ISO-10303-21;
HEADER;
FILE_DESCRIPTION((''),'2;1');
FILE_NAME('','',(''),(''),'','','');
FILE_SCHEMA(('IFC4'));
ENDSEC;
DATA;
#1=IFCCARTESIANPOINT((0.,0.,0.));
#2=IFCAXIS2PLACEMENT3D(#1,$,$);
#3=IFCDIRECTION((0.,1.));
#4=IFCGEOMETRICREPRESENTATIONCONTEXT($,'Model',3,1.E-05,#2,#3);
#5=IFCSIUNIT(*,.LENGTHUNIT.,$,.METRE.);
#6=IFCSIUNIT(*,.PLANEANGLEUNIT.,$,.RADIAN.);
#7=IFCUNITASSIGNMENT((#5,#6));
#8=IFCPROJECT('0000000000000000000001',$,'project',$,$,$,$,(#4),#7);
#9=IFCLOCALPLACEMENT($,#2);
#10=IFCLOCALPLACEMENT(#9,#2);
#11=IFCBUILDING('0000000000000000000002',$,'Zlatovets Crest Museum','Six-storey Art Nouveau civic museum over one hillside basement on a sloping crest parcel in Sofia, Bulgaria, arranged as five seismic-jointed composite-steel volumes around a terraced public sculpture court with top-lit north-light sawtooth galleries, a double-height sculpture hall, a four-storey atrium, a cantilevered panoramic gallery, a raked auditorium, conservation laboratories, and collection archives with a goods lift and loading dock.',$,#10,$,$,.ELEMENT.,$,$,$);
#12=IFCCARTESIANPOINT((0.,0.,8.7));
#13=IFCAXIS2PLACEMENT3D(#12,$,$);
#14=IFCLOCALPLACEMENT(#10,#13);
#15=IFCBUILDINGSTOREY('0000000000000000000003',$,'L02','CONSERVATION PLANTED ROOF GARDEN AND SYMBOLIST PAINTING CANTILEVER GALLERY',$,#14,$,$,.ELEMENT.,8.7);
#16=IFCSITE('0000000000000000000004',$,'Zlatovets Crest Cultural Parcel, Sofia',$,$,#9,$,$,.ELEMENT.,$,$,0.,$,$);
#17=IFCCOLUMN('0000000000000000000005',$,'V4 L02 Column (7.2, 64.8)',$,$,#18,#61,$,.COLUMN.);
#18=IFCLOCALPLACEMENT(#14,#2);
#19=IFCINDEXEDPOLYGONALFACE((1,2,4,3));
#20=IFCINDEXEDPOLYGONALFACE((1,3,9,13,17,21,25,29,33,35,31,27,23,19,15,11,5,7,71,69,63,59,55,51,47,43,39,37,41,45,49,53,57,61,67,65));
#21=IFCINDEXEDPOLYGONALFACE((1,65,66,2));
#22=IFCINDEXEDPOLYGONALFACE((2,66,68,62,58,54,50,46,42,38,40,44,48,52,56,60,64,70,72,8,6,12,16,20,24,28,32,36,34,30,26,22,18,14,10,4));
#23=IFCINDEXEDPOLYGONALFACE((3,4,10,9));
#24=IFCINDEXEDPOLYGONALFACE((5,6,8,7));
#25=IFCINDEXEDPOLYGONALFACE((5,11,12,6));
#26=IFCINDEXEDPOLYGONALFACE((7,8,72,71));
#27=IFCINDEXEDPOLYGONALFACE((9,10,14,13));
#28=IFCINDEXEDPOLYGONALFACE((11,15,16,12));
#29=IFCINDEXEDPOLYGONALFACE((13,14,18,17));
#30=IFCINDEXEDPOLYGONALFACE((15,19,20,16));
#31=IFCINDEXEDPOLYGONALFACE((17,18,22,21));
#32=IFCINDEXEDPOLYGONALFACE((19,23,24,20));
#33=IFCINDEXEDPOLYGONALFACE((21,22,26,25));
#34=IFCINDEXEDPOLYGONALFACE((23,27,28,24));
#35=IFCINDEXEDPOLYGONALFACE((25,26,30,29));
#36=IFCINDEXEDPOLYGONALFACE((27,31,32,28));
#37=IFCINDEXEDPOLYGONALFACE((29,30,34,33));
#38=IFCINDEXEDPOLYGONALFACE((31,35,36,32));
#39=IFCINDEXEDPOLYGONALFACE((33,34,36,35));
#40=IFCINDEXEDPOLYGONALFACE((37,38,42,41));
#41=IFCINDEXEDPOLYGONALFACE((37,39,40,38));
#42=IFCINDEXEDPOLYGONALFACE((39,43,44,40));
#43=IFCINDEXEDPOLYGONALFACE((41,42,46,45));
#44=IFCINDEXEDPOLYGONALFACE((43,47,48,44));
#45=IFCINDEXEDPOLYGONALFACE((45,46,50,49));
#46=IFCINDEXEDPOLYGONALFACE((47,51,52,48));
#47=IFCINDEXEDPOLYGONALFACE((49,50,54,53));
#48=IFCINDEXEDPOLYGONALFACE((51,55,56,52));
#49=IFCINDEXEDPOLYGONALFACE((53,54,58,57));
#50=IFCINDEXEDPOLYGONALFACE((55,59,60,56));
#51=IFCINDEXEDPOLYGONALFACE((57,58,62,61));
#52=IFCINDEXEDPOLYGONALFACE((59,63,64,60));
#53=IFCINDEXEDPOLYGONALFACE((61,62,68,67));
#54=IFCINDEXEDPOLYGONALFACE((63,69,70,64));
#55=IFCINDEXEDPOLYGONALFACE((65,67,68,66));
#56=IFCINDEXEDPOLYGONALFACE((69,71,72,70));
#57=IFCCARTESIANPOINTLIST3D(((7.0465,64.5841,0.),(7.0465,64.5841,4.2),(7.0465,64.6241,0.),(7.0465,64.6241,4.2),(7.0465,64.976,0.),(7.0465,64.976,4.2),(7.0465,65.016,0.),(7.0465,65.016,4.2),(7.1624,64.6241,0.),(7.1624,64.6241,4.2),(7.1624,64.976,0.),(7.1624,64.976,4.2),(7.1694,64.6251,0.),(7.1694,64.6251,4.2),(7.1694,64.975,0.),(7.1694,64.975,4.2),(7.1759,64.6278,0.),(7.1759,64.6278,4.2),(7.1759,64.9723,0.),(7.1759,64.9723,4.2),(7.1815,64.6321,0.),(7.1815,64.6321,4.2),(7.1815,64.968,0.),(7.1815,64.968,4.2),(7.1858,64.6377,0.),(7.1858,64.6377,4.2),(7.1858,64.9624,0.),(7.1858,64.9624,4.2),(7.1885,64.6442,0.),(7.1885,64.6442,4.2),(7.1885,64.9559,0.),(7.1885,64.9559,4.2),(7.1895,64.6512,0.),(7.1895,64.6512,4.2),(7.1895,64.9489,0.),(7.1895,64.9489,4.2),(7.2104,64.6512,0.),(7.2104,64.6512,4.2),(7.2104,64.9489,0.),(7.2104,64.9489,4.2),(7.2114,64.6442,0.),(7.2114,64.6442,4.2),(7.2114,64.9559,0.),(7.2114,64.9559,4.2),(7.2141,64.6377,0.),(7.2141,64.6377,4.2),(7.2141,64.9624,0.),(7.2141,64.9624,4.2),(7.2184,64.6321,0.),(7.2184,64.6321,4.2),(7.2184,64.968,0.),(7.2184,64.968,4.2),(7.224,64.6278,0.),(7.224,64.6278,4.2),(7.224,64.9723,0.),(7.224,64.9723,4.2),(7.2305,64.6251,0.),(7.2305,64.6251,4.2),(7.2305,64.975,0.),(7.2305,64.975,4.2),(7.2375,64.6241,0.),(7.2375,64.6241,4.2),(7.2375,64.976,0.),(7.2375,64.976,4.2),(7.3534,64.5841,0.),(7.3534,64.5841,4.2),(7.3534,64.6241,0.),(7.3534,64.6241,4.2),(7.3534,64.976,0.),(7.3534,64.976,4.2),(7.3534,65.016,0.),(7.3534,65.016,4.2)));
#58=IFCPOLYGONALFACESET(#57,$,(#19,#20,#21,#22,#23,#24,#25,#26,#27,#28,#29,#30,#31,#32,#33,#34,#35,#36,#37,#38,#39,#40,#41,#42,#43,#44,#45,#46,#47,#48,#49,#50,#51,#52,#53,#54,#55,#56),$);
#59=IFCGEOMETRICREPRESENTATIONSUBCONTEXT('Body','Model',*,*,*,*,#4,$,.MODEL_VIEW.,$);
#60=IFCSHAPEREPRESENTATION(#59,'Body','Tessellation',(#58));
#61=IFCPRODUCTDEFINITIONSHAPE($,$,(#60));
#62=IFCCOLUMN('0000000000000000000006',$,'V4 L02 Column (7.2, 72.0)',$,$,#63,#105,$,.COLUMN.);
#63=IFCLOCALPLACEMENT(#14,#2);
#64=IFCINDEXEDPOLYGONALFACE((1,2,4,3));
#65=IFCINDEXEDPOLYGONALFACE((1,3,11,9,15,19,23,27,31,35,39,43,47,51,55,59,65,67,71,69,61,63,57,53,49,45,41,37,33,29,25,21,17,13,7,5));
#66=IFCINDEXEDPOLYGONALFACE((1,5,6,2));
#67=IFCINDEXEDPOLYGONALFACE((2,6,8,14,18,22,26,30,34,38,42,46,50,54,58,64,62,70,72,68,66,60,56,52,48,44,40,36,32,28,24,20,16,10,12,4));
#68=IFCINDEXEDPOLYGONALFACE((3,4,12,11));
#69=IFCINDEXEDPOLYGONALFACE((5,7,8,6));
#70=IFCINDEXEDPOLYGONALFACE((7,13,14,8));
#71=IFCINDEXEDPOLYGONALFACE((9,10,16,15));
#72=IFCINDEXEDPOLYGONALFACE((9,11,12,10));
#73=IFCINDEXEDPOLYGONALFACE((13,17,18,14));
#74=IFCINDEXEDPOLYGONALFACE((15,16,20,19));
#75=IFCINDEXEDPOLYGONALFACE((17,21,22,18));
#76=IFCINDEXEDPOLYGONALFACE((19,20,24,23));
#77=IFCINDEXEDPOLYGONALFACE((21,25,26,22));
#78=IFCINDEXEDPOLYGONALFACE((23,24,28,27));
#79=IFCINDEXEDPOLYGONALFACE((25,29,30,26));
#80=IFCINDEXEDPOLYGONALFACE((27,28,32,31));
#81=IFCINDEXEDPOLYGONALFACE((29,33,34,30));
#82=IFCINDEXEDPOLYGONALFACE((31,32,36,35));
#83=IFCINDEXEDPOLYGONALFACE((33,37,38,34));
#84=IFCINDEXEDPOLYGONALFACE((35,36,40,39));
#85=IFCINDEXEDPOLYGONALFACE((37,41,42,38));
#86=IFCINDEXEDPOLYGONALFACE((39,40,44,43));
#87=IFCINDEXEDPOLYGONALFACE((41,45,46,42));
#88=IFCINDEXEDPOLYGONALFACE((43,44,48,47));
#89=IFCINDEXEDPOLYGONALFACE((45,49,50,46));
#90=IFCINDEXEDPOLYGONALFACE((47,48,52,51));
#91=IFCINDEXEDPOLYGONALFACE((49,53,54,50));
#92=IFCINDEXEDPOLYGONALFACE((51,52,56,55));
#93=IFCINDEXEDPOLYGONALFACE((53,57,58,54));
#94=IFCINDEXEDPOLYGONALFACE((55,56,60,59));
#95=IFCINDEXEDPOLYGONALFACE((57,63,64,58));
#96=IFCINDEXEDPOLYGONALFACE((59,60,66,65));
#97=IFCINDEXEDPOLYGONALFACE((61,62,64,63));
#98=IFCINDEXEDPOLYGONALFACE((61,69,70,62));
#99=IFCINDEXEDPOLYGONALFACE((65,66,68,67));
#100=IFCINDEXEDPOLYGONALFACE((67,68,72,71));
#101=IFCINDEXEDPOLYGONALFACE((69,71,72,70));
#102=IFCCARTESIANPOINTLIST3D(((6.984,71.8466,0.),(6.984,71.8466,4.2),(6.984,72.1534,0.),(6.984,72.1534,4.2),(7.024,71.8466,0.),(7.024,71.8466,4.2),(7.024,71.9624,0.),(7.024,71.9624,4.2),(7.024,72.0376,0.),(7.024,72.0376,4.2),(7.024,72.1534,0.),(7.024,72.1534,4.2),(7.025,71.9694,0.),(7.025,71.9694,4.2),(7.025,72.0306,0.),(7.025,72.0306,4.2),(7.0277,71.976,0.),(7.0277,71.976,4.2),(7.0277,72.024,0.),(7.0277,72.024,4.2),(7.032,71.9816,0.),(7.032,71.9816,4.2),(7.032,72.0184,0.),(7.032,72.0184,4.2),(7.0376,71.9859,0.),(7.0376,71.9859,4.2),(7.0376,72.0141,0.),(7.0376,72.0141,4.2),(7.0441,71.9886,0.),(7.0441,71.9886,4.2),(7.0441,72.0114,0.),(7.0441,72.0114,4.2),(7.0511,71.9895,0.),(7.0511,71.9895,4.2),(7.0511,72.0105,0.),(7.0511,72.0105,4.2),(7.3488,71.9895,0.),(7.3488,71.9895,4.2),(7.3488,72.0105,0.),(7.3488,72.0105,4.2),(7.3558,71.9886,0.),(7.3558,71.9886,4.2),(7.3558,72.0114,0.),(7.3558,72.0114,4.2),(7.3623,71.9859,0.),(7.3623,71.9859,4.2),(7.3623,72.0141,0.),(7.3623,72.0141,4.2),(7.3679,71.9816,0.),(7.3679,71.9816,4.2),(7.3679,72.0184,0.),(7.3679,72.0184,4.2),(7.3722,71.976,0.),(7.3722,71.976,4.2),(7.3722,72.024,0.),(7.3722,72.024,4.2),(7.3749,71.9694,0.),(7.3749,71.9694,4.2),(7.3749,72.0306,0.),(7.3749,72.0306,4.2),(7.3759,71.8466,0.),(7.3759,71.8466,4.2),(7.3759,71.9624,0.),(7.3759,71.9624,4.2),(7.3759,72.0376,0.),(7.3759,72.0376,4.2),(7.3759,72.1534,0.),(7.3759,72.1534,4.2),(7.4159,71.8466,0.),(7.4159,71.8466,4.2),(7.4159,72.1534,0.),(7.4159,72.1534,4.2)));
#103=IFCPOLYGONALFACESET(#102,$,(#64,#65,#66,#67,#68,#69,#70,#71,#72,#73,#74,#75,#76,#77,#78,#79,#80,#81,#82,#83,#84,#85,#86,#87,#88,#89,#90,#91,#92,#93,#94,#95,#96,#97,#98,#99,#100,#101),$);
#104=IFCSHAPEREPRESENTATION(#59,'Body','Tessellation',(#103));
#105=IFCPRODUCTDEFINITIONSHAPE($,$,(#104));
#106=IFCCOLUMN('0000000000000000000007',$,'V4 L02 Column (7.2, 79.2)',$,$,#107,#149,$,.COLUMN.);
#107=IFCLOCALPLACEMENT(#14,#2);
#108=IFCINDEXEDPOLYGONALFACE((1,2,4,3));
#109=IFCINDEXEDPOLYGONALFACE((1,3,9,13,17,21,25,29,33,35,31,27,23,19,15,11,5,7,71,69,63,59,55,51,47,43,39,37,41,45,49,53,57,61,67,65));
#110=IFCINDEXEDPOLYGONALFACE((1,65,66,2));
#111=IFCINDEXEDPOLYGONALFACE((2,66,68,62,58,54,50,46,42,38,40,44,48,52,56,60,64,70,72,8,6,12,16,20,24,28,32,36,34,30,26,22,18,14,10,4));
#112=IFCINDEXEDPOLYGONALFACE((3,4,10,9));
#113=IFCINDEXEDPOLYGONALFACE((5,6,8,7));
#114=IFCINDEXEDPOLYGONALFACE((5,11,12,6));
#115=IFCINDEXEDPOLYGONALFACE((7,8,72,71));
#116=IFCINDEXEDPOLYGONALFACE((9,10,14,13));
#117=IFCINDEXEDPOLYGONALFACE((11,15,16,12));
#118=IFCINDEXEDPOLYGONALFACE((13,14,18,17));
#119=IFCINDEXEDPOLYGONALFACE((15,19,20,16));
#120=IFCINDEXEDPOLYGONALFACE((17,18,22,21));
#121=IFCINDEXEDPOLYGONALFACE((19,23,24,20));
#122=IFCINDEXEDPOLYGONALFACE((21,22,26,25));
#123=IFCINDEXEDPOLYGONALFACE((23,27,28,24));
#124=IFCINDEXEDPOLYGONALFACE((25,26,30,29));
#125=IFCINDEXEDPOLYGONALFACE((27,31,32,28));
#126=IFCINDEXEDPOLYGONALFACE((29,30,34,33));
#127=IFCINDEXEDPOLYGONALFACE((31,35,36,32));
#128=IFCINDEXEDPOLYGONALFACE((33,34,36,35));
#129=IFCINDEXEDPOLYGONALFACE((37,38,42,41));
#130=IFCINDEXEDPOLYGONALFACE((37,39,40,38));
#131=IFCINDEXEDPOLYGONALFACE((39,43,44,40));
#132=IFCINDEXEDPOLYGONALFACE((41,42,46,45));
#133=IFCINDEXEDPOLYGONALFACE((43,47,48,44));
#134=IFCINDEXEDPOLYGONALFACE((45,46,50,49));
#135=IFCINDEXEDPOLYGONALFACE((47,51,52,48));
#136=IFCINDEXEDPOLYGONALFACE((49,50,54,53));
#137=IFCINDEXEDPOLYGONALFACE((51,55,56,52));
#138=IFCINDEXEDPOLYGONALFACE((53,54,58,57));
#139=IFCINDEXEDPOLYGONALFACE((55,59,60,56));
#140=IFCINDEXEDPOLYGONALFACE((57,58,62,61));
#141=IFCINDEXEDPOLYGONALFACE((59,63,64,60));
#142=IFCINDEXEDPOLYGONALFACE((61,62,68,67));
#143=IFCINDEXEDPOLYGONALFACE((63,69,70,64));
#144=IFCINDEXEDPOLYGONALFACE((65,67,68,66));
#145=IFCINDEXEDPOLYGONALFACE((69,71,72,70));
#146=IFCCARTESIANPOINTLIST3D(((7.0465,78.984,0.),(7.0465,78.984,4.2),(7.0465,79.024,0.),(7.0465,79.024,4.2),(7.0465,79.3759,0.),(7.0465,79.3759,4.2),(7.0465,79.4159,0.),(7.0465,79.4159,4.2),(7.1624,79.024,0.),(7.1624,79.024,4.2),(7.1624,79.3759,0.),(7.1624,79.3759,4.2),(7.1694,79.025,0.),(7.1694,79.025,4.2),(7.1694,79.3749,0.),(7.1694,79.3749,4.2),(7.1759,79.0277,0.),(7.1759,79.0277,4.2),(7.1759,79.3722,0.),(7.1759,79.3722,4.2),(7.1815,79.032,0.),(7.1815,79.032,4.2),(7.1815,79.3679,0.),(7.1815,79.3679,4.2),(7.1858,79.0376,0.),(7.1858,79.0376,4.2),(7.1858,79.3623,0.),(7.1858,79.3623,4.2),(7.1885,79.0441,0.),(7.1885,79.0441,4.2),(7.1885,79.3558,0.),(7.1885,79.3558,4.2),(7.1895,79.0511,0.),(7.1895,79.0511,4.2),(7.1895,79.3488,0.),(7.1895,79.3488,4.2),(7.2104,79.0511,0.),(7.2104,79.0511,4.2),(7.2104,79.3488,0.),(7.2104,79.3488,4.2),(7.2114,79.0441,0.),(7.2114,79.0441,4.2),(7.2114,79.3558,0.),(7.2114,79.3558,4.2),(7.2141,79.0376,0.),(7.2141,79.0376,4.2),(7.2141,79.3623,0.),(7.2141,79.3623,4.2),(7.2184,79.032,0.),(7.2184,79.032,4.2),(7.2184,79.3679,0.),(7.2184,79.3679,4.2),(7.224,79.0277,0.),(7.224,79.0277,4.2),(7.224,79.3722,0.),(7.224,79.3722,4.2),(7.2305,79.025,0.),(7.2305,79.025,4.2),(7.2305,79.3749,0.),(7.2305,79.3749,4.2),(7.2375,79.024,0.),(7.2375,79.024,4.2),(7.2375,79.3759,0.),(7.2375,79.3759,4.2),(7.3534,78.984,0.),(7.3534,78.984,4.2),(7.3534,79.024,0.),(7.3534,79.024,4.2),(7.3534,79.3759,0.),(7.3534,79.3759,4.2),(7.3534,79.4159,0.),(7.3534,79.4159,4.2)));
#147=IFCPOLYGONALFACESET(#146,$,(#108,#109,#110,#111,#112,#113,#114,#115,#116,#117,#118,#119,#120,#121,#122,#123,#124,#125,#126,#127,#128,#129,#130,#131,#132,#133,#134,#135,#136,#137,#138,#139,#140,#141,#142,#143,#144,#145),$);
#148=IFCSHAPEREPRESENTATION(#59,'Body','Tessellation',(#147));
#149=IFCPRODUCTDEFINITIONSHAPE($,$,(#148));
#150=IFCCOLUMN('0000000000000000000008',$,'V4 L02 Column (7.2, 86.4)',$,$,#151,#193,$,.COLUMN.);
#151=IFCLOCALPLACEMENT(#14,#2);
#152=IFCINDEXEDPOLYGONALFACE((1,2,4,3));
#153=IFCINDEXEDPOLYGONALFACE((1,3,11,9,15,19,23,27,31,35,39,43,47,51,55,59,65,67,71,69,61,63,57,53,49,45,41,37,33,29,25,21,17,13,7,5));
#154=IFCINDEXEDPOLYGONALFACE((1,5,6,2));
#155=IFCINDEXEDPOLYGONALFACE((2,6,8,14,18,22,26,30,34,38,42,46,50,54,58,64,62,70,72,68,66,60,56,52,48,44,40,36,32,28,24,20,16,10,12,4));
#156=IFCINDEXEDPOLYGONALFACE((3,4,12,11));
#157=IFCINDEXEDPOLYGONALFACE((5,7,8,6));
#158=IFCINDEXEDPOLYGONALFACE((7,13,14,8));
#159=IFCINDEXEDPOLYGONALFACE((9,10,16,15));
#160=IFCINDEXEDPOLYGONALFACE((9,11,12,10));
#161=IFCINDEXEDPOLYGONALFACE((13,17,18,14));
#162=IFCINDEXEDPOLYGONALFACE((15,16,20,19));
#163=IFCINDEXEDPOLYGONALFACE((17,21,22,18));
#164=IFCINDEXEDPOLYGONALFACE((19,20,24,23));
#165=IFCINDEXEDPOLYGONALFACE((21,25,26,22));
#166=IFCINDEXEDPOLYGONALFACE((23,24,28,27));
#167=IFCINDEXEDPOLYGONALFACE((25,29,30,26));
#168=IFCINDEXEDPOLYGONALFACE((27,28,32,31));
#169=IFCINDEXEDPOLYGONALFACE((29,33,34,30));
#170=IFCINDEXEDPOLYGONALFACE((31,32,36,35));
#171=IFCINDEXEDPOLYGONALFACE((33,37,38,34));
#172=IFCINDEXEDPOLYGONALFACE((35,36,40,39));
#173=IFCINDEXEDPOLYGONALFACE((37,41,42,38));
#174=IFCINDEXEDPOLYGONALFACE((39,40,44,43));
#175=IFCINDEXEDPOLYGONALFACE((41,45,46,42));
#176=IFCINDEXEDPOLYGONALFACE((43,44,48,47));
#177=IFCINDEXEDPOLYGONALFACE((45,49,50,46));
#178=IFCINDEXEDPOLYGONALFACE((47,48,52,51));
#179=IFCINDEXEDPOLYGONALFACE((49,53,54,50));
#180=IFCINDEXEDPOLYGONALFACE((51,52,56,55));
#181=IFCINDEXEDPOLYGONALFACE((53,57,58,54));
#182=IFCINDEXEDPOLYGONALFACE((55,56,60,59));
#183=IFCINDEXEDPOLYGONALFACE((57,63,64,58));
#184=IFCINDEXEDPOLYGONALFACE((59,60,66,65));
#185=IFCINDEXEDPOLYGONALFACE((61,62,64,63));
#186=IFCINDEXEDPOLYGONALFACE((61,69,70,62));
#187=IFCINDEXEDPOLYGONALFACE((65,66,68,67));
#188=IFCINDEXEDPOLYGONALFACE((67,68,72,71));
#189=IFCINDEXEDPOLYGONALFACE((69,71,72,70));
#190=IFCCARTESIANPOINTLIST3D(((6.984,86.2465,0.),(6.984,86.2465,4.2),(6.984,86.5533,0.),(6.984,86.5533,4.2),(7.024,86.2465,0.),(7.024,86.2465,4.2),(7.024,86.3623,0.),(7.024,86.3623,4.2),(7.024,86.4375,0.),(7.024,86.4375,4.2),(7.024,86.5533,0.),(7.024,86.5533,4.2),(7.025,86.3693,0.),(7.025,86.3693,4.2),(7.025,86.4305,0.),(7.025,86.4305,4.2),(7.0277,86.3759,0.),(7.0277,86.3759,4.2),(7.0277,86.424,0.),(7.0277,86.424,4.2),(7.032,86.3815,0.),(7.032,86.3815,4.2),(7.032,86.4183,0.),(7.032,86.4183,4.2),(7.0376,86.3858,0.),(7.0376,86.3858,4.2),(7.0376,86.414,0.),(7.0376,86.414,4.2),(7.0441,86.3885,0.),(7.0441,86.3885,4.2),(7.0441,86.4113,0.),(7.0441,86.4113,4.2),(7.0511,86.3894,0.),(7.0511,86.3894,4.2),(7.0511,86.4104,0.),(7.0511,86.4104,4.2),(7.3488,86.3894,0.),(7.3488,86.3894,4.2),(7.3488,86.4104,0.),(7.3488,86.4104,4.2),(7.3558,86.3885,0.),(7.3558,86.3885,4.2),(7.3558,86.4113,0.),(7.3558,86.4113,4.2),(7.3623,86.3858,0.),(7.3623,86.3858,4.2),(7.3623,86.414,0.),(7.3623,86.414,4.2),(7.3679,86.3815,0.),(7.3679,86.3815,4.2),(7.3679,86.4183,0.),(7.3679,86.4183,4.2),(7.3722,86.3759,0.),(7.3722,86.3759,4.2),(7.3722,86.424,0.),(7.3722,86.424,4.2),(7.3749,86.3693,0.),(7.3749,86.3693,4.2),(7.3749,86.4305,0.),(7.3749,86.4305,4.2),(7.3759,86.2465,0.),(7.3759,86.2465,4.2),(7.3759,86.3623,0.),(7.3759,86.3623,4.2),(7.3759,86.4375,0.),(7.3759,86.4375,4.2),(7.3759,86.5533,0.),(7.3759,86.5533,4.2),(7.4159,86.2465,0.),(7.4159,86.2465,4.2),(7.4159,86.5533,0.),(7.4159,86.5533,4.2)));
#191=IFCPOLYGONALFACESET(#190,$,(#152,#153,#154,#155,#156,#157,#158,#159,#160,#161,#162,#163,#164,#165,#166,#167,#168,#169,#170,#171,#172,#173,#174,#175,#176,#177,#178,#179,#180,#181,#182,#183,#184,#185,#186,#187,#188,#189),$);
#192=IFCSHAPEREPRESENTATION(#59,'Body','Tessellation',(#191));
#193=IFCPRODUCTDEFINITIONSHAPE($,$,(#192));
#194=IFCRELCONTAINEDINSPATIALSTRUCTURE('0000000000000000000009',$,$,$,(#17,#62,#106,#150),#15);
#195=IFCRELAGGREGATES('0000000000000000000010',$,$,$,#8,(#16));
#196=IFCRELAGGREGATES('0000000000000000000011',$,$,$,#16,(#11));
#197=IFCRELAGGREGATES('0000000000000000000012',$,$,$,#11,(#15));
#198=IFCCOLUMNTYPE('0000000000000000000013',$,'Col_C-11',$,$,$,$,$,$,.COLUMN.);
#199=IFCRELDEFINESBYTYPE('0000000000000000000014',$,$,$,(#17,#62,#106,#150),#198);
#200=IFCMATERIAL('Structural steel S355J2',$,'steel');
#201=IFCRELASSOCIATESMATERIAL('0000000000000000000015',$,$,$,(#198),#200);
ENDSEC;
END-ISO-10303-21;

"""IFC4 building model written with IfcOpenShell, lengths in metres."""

from ifc_helpers import new_model, si_unit, direction, frame, origin, origin_2d, place, context, subcontext, project, spatial, i_section, extrude, material, material_profile, profile_set, type_object, element, save


model = new_model("IFC4")

# Units and contexts
model_context = context("Model", 3, precision=1e-05, world=origin(), true_north=direction((0.0, 1.0)))
body_context = subcontext(model_context, "Body", "Model", "MODEL_VIEW")
ifc_project = project(units=[si_unit("LENGTHUNIT", "METRE"), si_unit("PLANEANGLEUNIT", "RADIAN")], contexts=[model_context])

# Site, building, storey
site_placement = place(None, origin())
site = spatial("IfcSite", under=ifc_project, at=site_placement, Name="Zlatovets Crest Cultural Parcel, Sofia", CompositionType="ELEMENT", RefElevation=0.0)
building_placement = place(site_placement, origin())
building = spatial("IfcBuilding", under=site, at=building_placement, Name="Zlatovets Crest Museum", Description="Six-storey Art Nouveau civic museum over one hillside basement on a sloping crest parcel in Sofia, Bulgaria, arranged as five seismic-jointed composite-steel volumes around a terraced public sculpture court with top-lit north-light sawtooth galleries, a double-height sculpture hall, a four-storey atrium, a cantilevered panoramic gallery, a raked auditorium, conservation laboratories, and collection archives with a goods lift and loading dock.", CompositionType="ELEMENT")
storey_placement = place(building_placement, frame((0.0, 0.0, 8.7)))
storey = spatial("IfcBuildingStorey", under=building, at=storey_placement, Name="L02", Description="CONSERVATION PLANTED ROOF GARDEN AND SYMBOLIST PAINTING CANTILEVER GALLERY", CompositionType="ELEMENT", Elevation=8.7)

# Columns
ifc_material = material(Name="Structural steel S355J2", Category="steel")
ifc_material_profile_1 = material_profile(ifc_material, i_section(OverallWidth=0.3069, OverallDepth=0.4319, WebThickness=0.021, FlangeThickness=0.04, FilletRadius=0.0271, at=origin_2d()), Name="HEM 400")
ifc_profile_set_1 = profile_set([ifc_material_profile_1], Name="Structural steel S355J2")
column_type_1 = type_object("IfcColumnType", Name="Col_C-11", PredefinedType="COLUMN", material=ifc_profile_set_1)
for number, where, z_axis, x_axis, name in (
    (1, (7.2, 64.8, 0.0), (0.0, 0.0, 1.0), (1.0, 0.0, 0.0), "V4 L02 Column (7.2, 64.8)"),
    (2, (7.2, 72.0, 0.0), (0.0, 0.0, 1.0), (0.0, 1.0, 0.0), "V4 L02 Column (7.2, 72.0)"),
    (3, (7.2, 79.2, 0.0), (0.0, 0.0, 1.0), (1.0, 0.0, 0.0), "V4 L02 Column (7.2, 79.2)"),
    (4, (7.2, 86.3999, 0.0), (0.0, 0.0, 1.0), (0.0, 1.0, 0.0), "V4 L02 Column (7.2, 86.4)"),
):
    element("IfcColumn", number, at=place(storey_placement, frame(where, z_axis=z_axis, x_axis=x_axis)), inside=storey, type_object=column_type_1, Name=name, PredefinedType="COLUMN", context=body_context, shape_type="SweptSolid", body=[
        extrude(i_section(OverallWidth=0.3069, OverallDepth=0.4319, WebThickness=0.021, FlangeThickness=0.04, FilletRadius=0.0271, at=origin_2d()), origin(), (0.0, 0.0, 1.0), 4.2),
    ])

save(model, "model.ifc")
